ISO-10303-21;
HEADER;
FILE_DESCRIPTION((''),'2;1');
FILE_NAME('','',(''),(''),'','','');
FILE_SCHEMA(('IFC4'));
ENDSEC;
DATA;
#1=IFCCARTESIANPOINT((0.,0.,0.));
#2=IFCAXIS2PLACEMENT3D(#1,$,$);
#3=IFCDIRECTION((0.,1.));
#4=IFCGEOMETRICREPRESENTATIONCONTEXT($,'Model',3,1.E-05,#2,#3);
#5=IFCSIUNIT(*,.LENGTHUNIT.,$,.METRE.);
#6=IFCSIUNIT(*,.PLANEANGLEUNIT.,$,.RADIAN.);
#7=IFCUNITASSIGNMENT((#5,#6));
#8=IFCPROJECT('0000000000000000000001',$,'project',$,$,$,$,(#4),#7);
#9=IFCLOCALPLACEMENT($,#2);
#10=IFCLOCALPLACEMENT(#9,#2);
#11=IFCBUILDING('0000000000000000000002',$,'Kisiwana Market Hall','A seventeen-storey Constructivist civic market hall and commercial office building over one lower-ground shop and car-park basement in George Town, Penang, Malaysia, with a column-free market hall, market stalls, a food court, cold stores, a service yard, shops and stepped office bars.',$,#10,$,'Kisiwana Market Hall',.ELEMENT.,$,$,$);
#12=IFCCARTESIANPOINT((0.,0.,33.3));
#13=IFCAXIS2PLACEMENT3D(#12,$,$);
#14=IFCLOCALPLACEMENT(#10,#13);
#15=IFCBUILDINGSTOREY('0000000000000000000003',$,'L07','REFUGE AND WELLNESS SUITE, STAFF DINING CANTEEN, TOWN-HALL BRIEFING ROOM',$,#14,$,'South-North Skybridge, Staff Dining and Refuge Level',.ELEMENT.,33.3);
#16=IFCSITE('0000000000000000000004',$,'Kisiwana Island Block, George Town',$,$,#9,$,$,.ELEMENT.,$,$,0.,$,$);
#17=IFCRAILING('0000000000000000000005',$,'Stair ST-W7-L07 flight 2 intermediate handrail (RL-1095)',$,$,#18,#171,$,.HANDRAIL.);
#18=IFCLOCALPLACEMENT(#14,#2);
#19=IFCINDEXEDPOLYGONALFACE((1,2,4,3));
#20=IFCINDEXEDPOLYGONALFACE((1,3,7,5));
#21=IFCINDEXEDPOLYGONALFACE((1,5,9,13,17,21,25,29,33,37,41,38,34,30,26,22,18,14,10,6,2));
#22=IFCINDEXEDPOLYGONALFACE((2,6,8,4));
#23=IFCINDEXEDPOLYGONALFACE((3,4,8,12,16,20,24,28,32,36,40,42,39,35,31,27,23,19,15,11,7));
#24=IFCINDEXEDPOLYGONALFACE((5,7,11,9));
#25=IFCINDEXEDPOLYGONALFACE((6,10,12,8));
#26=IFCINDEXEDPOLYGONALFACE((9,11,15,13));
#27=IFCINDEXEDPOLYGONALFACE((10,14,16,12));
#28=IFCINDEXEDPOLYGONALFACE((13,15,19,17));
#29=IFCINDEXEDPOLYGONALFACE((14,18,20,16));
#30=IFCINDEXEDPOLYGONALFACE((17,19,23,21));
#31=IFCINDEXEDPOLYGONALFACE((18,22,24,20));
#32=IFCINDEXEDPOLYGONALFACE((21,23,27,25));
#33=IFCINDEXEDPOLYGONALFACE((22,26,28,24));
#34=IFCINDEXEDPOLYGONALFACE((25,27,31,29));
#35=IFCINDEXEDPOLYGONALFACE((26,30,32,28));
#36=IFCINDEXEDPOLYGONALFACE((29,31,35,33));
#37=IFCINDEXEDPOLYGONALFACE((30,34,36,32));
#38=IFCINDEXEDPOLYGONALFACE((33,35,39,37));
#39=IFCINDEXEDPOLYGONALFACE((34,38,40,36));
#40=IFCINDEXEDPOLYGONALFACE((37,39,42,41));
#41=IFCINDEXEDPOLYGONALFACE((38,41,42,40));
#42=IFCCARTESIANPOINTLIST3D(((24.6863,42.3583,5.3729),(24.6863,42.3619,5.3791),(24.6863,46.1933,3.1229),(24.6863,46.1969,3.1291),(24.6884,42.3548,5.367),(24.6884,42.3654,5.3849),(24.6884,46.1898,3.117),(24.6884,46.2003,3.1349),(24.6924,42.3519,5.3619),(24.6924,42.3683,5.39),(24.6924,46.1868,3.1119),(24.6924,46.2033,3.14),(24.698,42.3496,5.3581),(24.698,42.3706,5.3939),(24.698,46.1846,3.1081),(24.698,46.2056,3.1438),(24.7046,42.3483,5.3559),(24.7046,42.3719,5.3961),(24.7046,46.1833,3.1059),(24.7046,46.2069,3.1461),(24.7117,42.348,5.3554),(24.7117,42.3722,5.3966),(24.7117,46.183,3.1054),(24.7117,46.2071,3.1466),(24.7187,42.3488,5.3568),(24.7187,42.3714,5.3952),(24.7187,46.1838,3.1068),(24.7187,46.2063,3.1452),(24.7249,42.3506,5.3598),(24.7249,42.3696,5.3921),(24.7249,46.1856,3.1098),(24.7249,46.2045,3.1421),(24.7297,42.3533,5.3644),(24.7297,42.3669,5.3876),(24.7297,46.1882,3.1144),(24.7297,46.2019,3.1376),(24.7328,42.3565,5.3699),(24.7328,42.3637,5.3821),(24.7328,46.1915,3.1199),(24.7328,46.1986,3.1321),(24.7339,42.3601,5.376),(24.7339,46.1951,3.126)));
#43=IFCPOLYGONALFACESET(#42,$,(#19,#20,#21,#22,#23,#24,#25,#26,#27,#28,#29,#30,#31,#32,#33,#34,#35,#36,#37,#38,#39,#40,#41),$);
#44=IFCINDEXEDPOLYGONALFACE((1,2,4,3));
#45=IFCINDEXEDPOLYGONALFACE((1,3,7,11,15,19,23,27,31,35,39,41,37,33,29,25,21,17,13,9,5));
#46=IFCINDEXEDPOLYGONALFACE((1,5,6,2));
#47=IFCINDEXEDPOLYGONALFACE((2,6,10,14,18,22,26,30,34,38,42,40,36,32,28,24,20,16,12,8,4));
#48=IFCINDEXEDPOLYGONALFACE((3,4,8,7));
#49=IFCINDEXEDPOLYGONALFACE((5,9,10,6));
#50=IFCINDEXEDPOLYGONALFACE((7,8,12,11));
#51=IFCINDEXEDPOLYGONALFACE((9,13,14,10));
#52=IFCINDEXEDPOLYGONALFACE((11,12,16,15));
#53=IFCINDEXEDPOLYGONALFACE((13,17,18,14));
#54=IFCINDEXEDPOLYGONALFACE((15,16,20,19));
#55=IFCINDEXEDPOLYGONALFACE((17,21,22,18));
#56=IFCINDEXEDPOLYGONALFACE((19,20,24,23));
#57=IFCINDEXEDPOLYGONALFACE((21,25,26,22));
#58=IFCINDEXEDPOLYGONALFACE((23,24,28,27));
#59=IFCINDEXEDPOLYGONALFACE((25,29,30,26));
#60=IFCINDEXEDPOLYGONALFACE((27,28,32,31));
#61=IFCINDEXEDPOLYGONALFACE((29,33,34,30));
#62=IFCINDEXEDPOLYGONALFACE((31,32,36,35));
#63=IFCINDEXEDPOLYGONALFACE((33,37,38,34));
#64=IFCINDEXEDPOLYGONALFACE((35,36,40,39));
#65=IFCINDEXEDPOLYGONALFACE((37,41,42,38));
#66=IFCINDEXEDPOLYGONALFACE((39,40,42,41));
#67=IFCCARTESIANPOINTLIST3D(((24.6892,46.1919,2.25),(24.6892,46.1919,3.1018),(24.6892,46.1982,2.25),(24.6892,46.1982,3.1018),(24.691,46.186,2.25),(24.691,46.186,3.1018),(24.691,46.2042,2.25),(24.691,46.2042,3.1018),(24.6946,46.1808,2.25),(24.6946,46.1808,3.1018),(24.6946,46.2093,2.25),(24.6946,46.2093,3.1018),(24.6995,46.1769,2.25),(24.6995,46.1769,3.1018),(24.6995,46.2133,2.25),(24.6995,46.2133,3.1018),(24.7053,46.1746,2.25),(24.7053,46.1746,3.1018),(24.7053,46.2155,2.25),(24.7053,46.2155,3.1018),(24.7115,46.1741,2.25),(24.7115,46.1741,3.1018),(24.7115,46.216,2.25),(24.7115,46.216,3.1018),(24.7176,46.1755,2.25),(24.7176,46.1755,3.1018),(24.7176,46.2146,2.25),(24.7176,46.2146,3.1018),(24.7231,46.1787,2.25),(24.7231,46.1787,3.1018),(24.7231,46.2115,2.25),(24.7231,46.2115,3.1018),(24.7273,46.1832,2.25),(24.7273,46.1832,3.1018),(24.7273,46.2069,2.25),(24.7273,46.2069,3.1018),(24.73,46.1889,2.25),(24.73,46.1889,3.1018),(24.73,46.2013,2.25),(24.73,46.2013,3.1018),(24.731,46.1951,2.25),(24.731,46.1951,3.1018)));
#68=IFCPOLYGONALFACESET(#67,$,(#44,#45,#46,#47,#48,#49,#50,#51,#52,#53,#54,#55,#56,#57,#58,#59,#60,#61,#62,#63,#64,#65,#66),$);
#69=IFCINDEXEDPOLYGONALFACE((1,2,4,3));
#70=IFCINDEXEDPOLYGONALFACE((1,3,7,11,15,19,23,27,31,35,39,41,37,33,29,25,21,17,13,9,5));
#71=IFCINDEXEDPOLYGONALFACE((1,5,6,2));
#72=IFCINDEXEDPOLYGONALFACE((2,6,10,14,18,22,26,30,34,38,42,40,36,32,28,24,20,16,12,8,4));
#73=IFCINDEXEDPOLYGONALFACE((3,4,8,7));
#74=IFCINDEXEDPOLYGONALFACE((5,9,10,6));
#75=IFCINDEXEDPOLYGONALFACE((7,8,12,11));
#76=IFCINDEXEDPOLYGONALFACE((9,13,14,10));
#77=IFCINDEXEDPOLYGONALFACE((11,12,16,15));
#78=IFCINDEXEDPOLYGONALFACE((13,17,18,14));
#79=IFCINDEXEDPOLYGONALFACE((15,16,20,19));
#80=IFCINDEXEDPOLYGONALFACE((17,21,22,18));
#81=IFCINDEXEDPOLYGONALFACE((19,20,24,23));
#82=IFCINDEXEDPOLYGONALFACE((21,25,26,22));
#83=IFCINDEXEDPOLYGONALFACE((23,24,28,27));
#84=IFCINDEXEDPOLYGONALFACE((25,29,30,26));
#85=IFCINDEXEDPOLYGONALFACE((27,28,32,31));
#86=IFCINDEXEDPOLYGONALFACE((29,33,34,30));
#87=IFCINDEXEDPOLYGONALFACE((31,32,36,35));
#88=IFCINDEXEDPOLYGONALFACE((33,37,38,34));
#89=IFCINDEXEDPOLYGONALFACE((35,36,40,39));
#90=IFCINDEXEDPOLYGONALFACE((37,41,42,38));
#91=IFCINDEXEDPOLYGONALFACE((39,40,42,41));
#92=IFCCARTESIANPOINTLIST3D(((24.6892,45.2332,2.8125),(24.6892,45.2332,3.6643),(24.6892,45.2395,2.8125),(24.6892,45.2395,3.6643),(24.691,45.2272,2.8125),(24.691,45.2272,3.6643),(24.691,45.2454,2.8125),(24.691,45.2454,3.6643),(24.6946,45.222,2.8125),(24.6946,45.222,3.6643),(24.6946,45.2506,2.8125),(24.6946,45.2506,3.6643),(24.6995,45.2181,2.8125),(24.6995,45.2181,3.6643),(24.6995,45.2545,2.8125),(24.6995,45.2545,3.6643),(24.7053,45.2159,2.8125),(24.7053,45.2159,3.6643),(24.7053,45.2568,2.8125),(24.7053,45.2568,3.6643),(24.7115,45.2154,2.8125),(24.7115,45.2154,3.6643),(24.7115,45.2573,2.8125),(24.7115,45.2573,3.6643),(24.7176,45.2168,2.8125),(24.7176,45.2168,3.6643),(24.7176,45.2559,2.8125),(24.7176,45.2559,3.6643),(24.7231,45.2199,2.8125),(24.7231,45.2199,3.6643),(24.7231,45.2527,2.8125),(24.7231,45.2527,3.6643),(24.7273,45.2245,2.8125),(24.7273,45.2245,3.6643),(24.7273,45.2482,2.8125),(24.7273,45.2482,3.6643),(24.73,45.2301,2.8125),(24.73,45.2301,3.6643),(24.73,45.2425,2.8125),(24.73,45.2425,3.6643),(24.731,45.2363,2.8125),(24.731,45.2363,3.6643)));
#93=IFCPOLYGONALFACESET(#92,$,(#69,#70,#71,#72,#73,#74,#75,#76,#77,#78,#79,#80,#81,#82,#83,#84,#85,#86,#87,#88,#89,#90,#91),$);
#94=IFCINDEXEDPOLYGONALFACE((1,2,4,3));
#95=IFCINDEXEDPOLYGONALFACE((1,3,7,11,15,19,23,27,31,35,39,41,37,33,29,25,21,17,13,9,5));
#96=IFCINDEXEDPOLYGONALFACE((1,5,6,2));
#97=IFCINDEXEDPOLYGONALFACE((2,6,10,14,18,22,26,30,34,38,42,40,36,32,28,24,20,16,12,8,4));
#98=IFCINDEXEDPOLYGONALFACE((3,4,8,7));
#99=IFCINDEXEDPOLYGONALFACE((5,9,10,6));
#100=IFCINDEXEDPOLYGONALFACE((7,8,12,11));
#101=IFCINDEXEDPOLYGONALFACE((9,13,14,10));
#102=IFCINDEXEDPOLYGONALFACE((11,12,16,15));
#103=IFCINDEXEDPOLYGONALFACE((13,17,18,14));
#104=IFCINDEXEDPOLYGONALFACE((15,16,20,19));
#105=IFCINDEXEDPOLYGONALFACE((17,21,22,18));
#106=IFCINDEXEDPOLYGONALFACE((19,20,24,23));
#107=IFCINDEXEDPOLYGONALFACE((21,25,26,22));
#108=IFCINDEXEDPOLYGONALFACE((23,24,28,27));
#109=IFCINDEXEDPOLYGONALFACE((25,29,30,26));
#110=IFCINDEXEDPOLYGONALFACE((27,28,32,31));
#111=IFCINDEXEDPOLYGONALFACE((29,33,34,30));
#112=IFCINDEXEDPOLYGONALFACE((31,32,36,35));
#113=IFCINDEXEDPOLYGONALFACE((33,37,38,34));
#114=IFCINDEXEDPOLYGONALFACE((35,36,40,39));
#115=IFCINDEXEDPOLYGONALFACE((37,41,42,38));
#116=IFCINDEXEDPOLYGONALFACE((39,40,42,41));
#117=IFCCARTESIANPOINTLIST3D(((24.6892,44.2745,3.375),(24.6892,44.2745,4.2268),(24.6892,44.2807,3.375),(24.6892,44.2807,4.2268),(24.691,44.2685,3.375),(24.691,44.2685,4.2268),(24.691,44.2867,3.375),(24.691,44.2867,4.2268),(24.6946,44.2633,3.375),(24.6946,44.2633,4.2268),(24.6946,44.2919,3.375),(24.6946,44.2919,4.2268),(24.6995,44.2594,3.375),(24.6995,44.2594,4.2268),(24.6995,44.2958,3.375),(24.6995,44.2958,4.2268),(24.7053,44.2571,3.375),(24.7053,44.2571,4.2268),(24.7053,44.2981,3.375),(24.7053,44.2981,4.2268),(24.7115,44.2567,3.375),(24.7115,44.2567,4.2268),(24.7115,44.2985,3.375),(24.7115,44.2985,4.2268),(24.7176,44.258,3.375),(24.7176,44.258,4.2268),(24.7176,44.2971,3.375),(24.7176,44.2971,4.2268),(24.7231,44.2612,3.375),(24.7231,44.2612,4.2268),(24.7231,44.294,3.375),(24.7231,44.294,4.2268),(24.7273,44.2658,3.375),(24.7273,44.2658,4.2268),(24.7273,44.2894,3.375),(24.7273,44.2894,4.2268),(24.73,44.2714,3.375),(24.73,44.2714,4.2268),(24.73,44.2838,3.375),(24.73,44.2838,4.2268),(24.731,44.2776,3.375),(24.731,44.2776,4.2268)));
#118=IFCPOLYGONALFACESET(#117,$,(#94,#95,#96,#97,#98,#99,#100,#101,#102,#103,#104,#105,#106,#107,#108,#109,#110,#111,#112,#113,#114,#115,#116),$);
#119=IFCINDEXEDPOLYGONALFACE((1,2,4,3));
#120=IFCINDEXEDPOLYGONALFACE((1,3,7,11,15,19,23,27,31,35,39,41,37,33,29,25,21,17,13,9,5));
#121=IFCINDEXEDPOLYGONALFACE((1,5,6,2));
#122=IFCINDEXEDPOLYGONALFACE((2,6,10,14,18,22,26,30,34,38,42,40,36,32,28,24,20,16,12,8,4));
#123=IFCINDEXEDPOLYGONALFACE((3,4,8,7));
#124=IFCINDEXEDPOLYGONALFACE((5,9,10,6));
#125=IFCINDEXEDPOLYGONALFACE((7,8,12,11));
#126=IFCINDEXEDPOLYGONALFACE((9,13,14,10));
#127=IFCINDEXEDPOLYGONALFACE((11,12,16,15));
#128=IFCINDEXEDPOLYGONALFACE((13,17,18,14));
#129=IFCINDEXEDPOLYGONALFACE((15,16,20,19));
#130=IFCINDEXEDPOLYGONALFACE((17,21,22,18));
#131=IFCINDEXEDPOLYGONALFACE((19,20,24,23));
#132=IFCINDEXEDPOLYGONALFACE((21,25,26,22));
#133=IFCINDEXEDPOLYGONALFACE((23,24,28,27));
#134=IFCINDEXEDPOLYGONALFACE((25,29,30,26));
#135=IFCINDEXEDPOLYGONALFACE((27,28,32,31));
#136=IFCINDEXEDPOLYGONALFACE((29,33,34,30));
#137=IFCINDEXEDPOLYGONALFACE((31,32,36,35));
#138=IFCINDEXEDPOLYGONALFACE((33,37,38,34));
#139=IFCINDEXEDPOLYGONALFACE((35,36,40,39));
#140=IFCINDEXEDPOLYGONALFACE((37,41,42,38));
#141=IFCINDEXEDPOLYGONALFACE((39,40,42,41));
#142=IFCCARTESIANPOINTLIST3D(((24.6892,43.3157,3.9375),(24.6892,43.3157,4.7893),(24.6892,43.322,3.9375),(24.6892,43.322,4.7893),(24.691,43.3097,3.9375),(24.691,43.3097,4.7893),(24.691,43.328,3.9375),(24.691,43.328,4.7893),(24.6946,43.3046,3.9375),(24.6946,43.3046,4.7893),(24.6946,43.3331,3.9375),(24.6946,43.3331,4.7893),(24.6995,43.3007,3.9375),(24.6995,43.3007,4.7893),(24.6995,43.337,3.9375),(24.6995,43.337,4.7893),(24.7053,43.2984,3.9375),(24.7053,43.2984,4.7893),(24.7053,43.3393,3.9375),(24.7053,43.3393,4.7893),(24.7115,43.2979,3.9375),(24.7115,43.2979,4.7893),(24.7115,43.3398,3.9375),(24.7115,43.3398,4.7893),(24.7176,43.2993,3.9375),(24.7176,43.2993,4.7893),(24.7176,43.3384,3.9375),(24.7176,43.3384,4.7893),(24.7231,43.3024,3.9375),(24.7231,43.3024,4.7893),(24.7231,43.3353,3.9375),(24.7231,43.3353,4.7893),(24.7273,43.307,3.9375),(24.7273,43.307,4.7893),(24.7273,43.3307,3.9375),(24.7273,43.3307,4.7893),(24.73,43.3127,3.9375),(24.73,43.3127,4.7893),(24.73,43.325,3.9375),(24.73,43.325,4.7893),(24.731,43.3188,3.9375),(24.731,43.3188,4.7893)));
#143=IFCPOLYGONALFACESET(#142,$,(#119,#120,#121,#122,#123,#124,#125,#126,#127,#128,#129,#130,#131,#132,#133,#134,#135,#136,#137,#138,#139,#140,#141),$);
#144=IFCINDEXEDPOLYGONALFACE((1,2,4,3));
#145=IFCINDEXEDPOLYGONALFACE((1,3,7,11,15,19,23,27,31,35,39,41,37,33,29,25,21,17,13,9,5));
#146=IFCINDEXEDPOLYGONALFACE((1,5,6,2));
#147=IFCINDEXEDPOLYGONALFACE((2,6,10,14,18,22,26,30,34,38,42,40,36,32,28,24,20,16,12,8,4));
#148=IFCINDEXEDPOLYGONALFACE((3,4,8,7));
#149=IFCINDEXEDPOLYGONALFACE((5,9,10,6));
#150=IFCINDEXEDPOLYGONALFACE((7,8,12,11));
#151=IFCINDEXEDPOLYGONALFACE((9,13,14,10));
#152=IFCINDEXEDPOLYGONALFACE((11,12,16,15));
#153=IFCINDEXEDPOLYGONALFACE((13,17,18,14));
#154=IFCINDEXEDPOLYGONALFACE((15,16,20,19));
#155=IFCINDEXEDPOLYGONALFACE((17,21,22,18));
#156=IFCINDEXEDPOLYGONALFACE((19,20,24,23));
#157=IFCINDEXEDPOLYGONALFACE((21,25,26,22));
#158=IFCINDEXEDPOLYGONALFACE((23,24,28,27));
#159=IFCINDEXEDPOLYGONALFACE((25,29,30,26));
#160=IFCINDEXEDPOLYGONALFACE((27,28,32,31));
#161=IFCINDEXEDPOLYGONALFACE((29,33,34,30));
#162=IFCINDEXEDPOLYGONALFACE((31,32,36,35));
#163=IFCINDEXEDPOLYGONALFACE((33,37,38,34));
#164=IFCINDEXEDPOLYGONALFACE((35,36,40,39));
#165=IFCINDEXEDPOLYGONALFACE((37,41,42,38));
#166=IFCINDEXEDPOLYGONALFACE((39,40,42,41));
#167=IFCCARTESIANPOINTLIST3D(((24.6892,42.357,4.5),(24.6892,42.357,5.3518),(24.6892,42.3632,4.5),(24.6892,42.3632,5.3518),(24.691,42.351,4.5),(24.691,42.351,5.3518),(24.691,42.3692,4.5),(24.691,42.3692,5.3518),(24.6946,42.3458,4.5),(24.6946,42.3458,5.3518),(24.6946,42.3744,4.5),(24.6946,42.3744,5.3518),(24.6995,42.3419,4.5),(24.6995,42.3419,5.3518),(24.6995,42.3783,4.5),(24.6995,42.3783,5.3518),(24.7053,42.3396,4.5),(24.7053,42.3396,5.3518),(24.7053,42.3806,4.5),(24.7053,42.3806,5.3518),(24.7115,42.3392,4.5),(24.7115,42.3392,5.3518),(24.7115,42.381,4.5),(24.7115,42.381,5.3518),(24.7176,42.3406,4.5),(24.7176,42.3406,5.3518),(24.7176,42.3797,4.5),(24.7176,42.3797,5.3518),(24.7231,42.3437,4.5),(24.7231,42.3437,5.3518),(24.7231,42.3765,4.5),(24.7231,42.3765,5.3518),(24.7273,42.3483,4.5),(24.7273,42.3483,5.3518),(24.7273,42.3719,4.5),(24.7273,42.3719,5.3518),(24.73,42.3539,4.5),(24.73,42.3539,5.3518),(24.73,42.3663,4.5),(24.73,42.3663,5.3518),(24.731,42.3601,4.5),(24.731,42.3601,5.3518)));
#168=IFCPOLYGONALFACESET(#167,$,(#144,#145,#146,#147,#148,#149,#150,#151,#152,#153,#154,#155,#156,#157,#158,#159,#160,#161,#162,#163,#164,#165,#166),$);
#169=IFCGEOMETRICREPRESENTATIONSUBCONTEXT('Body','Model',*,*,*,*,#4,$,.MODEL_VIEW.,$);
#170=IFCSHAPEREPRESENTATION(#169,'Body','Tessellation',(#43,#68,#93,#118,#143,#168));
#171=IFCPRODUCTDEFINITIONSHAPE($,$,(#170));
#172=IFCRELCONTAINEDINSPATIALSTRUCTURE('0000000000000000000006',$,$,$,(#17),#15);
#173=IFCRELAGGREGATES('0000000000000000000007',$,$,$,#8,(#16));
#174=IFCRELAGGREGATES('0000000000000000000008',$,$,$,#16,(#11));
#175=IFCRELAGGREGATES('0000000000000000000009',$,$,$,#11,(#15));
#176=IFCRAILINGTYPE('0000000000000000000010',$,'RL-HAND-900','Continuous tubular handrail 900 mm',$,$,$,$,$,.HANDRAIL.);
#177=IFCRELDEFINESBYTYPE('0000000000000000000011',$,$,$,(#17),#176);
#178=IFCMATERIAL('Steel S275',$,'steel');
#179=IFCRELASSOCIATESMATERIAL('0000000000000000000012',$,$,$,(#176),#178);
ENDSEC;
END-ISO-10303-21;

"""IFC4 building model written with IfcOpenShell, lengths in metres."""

from ifc_helpers import new_model, si_unit, direction, frame, origin, origin_2d, place, context, subcontext, project, spatial, circle, extrude, material, type_object, element, save


model = new_model("IFC4")

# Units and contexts
model_context = context("Model", 3, precision=1e-05, world=origin(), true_north=direction((0.0, 1.0)))
body_context = subcontext(model_context, "Body", "Model", "MODEL_VIEW")
ifc_project = project(units=[si_unit("LENGTHUNIT", "METRE"), si_unit("PLANEANGLEUNIT", "RADIAN")], contexts=[model_context])

# Site, building, storey
site_placement = place(None, origin())
site = spatial("IfcSite", under=ifc_project, at=site_placement, Name="Kisiwana Island Block, George Town", CompositionType="ELEMENT", RefElevation=0.0)
building_placement = place(site_placement, origin())
building = spatial("IfcBuilding", under=site, at=building_placement, Name="Kisiwana Market Hall", Description="A seventeen-storey Constructivist civic market hall and commercial office building over one lower-ground shop and car-park basement in George Town, Penang, Malaysia, with a column-free market hall, market stalls, a food court, cold stores, a service yard, shops and stepped office bars.", LongName="Kisiwana Market Hall", CompositionType="ELEMENT")
storey_placement = place(building_placement, frame((0.0, 0.0, 33.3)))
storey = spatial("IfcBuildingStorey", under=building, at=storey_placement, Name="L07", Description="REFUGE AND WELLNESS SUITE, STAFF DINING CANTEEN, TOWN-HALL BRIEFING ROOM", LongName="South-North Skybridge, Staff Dining and Refuge Level", CompositionType="ELEMENT", Elevation=33.3)

# Railing
ifc_material_1 = material(Name="Steel S275", Category="steel")
railing_type_1 = type_object("IfcRailingType", Name="RL-HAND-900", Description="Continuous tubular handrail 900 mm", PredefinedType="HANDRAIL", material=ifc_material_1)
railing_1_placement = place(storey_placement, frame((24.71, 46.1951, 2.25)))
element("IfcRailing", 1, at=railing_1_placement, inside=storey, type_object=railing_type_1, Name="Stair ST-W7-L07 flight 2 intermediate handrail (RL-1095)", PredefinedType="HANDRAIL", context=body_context, shape_type="SweptSolid", body=[
    extrude(circle(Radius=0.0239, at=origin_2d()), frame((0.0, 0.0, 0.876), z_axis=(0.0, -0.86251, 0.506041), x_axis=(1.0, 0.0, 0.0)), (0.0, 0.0, 1.0), 4.4463),
    extrude(circle(Radius=0.021, at=origin_2d()), origin(), (0.0, 0.0, 1.0), 0.8518),
    extrude(circle(Radius=0.021, at=origin_2d()), frame((0.0, -0.9587, 0.5625)), (0.0, 0.0, 1.0), 0.8518),
    extrude(circle(Radius=0.021, at=origin_2d()), frame((0.0, -1.9175, 1.125)), (0.0, 0.0, 1.0), 0.8518),
    extrude(circle(Radius=0.021, at=origin_2d()), frame((0.0, -2.8762, 1.6875)), (0.0, 0.0, 1.0), 0.8518),
    extrude(circle(Radius=0.021, at=origin_2d()), frame((0.0, -3.835, 2.25)), (0.0, 0.0, 1.0), 0.8518),
])

save(model, "model.ifc")
